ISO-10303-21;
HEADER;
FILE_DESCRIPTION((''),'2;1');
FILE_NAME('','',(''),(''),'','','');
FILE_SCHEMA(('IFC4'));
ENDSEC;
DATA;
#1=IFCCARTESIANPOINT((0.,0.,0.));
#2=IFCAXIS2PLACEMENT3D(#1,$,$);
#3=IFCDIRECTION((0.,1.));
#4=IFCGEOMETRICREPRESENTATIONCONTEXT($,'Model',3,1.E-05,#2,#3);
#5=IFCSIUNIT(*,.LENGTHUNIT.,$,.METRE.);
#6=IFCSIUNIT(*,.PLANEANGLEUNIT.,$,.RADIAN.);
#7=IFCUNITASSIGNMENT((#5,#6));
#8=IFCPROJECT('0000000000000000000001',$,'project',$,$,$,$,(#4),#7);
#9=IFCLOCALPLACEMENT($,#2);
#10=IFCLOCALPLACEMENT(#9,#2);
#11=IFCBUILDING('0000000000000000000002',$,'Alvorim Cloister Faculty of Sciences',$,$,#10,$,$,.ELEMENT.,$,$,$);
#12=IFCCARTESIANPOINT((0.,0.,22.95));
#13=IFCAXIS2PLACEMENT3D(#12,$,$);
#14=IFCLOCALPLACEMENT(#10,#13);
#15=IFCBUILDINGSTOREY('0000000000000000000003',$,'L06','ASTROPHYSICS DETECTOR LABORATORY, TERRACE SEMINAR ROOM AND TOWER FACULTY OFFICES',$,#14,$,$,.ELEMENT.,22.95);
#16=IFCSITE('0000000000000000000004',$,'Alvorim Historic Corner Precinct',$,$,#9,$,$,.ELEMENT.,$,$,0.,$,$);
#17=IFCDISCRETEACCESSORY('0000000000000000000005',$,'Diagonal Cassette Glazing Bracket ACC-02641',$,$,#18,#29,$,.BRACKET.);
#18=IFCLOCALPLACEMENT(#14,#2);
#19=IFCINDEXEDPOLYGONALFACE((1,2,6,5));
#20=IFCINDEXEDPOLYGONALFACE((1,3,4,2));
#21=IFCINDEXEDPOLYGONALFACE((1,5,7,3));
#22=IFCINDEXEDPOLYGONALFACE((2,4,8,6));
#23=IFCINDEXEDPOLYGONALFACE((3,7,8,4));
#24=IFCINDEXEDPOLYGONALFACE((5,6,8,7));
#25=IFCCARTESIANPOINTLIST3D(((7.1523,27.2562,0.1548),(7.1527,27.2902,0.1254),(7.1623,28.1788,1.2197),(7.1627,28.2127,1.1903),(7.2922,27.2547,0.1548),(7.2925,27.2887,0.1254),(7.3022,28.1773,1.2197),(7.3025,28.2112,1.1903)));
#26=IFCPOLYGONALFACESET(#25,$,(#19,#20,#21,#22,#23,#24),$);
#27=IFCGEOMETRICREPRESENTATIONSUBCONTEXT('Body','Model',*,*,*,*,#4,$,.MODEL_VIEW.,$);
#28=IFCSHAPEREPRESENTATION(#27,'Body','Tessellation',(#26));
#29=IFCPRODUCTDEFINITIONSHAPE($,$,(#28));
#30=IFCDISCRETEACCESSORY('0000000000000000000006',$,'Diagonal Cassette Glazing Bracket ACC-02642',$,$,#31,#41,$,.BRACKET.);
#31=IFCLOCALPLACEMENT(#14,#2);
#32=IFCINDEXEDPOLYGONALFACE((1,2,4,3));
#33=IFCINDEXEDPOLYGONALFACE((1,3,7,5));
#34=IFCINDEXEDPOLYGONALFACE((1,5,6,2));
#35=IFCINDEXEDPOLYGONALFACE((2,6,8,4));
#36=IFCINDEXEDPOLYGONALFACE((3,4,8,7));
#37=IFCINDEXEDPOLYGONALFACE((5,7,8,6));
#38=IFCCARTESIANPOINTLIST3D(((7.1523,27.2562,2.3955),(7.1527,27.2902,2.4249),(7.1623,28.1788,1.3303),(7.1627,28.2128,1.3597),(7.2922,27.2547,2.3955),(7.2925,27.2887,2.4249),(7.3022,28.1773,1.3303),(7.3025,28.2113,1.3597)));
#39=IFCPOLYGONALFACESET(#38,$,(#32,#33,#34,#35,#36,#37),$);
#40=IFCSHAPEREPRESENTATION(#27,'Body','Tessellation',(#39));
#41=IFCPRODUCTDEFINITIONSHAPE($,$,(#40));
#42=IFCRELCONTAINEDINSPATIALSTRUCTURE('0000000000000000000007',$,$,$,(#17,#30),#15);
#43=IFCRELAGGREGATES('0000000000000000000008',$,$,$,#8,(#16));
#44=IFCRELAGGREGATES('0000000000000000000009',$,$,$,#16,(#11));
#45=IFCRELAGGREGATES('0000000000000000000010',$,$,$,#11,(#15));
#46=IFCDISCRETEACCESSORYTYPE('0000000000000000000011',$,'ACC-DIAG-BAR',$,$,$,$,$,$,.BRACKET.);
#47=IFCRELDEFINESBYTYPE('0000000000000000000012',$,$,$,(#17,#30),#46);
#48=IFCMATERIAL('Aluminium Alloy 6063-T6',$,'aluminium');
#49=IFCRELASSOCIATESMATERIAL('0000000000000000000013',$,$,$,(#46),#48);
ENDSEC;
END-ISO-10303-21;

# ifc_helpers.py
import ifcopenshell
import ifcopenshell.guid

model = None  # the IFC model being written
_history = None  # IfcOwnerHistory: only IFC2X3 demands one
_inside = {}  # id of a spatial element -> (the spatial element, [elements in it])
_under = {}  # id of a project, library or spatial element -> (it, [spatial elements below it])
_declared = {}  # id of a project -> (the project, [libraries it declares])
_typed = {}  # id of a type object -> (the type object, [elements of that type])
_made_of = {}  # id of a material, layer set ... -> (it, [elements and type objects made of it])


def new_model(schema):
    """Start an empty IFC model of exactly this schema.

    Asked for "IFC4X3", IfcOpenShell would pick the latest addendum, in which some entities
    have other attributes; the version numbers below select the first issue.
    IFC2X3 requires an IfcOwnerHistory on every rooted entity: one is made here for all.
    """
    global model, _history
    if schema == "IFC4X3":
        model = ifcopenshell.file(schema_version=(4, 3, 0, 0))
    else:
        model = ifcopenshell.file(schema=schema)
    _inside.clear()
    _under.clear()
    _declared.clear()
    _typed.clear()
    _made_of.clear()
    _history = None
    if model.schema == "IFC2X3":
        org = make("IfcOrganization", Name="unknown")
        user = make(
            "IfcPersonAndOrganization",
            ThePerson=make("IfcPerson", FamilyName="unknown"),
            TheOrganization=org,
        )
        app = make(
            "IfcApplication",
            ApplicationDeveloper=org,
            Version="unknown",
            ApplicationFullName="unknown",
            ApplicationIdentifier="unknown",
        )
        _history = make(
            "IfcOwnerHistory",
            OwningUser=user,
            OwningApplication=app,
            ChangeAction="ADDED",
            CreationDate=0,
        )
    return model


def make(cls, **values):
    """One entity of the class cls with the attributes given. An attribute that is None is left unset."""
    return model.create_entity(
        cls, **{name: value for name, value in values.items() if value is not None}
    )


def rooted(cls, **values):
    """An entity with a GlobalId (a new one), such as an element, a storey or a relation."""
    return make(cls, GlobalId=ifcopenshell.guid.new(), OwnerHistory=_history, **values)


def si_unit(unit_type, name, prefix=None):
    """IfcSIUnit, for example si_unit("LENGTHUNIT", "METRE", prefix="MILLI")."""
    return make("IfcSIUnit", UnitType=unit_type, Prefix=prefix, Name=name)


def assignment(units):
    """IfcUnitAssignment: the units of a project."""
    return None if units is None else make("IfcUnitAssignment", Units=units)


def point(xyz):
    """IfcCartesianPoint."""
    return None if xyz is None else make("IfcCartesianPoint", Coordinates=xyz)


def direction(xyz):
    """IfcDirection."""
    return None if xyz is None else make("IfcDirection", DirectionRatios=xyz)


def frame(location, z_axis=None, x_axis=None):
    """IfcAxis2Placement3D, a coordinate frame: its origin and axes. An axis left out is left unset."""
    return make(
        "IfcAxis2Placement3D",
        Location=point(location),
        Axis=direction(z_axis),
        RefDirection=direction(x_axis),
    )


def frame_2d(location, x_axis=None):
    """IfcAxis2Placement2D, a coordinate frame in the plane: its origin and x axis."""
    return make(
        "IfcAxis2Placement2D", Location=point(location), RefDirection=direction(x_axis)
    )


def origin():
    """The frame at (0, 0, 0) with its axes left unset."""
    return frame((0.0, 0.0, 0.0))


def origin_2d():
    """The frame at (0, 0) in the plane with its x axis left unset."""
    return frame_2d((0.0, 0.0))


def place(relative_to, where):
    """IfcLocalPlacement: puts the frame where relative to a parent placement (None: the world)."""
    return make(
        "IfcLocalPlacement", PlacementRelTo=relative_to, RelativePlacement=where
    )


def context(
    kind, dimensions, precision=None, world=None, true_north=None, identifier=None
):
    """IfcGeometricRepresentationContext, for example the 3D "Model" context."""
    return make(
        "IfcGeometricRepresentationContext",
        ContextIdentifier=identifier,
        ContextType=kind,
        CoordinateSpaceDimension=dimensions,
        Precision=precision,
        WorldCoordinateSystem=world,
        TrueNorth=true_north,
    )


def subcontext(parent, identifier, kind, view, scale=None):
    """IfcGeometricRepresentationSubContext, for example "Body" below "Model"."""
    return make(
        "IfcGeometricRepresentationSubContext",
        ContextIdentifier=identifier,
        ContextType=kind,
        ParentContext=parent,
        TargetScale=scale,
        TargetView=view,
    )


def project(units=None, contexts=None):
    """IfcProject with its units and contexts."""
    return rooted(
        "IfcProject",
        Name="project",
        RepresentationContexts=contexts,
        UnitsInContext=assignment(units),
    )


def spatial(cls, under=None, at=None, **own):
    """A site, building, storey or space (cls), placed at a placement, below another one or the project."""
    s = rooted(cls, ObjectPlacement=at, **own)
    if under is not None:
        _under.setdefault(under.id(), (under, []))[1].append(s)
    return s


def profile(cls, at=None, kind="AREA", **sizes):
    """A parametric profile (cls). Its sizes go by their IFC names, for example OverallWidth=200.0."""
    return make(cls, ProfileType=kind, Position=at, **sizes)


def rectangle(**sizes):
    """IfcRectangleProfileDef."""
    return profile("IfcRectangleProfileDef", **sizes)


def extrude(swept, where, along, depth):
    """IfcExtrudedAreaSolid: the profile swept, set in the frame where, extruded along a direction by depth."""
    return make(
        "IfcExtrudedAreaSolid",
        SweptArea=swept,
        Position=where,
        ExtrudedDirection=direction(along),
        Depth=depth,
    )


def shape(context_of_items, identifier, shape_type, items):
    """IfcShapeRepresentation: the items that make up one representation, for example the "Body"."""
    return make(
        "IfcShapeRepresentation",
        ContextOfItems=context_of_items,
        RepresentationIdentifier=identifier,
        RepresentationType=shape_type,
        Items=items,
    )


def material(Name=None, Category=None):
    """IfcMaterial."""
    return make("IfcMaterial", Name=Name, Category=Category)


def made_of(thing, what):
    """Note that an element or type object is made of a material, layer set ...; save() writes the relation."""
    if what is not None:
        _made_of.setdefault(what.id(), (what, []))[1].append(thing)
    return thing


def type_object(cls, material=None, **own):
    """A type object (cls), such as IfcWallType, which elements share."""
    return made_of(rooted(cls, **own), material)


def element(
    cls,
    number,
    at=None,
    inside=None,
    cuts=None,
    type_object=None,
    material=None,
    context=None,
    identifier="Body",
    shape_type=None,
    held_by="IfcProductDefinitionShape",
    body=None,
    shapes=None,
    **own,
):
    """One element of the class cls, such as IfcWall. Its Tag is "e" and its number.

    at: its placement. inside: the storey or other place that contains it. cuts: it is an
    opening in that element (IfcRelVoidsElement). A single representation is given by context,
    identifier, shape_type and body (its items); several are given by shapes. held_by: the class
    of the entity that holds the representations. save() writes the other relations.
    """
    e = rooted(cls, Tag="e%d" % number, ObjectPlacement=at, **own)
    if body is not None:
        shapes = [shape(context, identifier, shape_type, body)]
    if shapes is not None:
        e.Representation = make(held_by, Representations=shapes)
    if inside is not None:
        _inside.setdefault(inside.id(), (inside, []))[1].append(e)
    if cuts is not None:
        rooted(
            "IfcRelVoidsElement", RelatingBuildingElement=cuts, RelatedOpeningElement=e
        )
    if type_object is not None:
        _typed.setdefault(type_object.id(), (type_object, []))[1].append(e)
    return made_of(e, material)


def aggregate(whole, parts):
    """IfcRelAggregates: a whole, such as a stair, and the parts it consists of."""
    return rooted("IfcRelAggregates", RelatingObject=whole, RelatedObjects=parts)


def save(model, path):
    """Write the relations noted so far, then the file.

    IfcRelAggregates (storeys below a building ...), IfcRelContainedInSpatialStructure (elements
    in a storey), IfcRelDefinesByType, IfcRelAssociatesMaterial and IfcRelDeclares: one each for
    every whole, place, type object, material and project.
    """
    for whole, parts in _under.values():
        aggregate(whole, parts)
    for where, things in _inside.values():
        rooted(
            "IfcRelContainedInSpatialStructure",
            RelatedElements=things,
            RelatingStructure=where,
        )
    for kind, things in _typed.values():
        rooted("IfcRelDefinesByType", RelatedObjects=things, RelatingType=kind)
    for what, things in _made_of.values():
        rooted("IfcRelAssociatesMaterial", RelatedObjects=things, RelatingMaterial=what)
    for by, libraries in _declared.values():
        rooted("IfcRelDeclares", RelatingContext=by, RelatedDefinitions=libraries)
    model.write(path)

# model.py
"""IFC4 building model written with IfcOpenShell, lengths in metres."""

from ifc_helpers import new_model, si_unit, direction, frame, origin, origin_2d, place, context, subcontext, project, spatial, rectangle, extrude, material, type_object, element, save


model = new_model("IFC4")

# Units and contexts
model_context = context("Model", 3, precision=1e-05, world=origin(), true_north=direction((0.0, 1.0)))
body_context = subcontext(model_context, "Body", "Model", "MODEL_VIEW")
ifc_project = project(units=[si_unit("LENGTHUNIT", "METRE"), si_unit("PLANEANGLEUNIT", "RADIAN")], contexts=[model_context])

# Site, building, storey
site_placement = place(None, origin())
site = spatial("IfcSite", under=ifc_project, at=site_placement, Name="Alvorim Historic Corner Precinct", CompositionType="ELEMENT", RefElevation=0.0)
building_placement = place(site_placement, origin())
building = spatial("IfcBuilding", under=site, at=building_placement, Name="Alvorim Cloister Faculty of Sciences", CompositionType="ELEMENT")
storey_placement = place(building_placement, frame((0.0, 0.0, 22.95)))
storey = spatial("IfcBuildingStorey", under=building, at=storey_placement, Name="L06", Description="ASTROPHYSICS DETECTOR LABORATORY, TERRACE SEMINAR ROOM AND TOWER FACULTY OFFICES", CompositionType="ELEMENT", Elevation=22.95)

# Shared definitions
ifc_material_1 = material(Name="Aluminium Alloy 6063-T6", Category="aluminium")

# Discrete accessories
discrete_accessory_type = type_object("IfcDiscreteAccessoryType", Name="ACC-DIAG-BAR", PredefinedType="BRACKET", material=ifc_material_1)
discrete_accessory_1_placement = place(storey_placement, frame((7.2224, 27.2725, 0.1401), z_axis=(0.007104, 0.654775, 0.75579), x_axis=(-0.999941, 0.010849, 0.0)))
element("IfcDiscreteAccessory", 1, at=discrete_accessory_1_placement, inside=storey, type_object=discrete_accessory_type, Name="Diagonal Cassette Glazing Bracket ACC-02641", PredefinedType="BRACKET", context=body_context, shape_type="SweptSolid", body=[
    extrude(rectangle(XDim=0.1399, YDim=0.0449, at=origin_2d()), origin(), (0.0, 0.0, 1.0), 1.4089),
])
discrete_accessory_2_placement = place(storey_placement, frame((7.2224, 27.2725, 2.4102), z_axis=(0.007103, 0.65469, -0.755864), x_axis=(-0.999941, 0.010849, 0.0)))
element("IfcDiscreteAccessory", 2, at=discrete_accessory_2_placement, inside=storey, type_object=discrete_accessory_type, Name="Diagonal Cassette Glazing Bracket ACC-02642", PredefinedType="BRACKET", context=body_context, shape_type="SweptSolid", body=[
    extrude(rectangle(XDim=0.1399, YDim=0.0449, at=origin_2d()), origin(), (0.0, 0.0, 1.0), 1.4092),
])

save(model, "model.ifc")
